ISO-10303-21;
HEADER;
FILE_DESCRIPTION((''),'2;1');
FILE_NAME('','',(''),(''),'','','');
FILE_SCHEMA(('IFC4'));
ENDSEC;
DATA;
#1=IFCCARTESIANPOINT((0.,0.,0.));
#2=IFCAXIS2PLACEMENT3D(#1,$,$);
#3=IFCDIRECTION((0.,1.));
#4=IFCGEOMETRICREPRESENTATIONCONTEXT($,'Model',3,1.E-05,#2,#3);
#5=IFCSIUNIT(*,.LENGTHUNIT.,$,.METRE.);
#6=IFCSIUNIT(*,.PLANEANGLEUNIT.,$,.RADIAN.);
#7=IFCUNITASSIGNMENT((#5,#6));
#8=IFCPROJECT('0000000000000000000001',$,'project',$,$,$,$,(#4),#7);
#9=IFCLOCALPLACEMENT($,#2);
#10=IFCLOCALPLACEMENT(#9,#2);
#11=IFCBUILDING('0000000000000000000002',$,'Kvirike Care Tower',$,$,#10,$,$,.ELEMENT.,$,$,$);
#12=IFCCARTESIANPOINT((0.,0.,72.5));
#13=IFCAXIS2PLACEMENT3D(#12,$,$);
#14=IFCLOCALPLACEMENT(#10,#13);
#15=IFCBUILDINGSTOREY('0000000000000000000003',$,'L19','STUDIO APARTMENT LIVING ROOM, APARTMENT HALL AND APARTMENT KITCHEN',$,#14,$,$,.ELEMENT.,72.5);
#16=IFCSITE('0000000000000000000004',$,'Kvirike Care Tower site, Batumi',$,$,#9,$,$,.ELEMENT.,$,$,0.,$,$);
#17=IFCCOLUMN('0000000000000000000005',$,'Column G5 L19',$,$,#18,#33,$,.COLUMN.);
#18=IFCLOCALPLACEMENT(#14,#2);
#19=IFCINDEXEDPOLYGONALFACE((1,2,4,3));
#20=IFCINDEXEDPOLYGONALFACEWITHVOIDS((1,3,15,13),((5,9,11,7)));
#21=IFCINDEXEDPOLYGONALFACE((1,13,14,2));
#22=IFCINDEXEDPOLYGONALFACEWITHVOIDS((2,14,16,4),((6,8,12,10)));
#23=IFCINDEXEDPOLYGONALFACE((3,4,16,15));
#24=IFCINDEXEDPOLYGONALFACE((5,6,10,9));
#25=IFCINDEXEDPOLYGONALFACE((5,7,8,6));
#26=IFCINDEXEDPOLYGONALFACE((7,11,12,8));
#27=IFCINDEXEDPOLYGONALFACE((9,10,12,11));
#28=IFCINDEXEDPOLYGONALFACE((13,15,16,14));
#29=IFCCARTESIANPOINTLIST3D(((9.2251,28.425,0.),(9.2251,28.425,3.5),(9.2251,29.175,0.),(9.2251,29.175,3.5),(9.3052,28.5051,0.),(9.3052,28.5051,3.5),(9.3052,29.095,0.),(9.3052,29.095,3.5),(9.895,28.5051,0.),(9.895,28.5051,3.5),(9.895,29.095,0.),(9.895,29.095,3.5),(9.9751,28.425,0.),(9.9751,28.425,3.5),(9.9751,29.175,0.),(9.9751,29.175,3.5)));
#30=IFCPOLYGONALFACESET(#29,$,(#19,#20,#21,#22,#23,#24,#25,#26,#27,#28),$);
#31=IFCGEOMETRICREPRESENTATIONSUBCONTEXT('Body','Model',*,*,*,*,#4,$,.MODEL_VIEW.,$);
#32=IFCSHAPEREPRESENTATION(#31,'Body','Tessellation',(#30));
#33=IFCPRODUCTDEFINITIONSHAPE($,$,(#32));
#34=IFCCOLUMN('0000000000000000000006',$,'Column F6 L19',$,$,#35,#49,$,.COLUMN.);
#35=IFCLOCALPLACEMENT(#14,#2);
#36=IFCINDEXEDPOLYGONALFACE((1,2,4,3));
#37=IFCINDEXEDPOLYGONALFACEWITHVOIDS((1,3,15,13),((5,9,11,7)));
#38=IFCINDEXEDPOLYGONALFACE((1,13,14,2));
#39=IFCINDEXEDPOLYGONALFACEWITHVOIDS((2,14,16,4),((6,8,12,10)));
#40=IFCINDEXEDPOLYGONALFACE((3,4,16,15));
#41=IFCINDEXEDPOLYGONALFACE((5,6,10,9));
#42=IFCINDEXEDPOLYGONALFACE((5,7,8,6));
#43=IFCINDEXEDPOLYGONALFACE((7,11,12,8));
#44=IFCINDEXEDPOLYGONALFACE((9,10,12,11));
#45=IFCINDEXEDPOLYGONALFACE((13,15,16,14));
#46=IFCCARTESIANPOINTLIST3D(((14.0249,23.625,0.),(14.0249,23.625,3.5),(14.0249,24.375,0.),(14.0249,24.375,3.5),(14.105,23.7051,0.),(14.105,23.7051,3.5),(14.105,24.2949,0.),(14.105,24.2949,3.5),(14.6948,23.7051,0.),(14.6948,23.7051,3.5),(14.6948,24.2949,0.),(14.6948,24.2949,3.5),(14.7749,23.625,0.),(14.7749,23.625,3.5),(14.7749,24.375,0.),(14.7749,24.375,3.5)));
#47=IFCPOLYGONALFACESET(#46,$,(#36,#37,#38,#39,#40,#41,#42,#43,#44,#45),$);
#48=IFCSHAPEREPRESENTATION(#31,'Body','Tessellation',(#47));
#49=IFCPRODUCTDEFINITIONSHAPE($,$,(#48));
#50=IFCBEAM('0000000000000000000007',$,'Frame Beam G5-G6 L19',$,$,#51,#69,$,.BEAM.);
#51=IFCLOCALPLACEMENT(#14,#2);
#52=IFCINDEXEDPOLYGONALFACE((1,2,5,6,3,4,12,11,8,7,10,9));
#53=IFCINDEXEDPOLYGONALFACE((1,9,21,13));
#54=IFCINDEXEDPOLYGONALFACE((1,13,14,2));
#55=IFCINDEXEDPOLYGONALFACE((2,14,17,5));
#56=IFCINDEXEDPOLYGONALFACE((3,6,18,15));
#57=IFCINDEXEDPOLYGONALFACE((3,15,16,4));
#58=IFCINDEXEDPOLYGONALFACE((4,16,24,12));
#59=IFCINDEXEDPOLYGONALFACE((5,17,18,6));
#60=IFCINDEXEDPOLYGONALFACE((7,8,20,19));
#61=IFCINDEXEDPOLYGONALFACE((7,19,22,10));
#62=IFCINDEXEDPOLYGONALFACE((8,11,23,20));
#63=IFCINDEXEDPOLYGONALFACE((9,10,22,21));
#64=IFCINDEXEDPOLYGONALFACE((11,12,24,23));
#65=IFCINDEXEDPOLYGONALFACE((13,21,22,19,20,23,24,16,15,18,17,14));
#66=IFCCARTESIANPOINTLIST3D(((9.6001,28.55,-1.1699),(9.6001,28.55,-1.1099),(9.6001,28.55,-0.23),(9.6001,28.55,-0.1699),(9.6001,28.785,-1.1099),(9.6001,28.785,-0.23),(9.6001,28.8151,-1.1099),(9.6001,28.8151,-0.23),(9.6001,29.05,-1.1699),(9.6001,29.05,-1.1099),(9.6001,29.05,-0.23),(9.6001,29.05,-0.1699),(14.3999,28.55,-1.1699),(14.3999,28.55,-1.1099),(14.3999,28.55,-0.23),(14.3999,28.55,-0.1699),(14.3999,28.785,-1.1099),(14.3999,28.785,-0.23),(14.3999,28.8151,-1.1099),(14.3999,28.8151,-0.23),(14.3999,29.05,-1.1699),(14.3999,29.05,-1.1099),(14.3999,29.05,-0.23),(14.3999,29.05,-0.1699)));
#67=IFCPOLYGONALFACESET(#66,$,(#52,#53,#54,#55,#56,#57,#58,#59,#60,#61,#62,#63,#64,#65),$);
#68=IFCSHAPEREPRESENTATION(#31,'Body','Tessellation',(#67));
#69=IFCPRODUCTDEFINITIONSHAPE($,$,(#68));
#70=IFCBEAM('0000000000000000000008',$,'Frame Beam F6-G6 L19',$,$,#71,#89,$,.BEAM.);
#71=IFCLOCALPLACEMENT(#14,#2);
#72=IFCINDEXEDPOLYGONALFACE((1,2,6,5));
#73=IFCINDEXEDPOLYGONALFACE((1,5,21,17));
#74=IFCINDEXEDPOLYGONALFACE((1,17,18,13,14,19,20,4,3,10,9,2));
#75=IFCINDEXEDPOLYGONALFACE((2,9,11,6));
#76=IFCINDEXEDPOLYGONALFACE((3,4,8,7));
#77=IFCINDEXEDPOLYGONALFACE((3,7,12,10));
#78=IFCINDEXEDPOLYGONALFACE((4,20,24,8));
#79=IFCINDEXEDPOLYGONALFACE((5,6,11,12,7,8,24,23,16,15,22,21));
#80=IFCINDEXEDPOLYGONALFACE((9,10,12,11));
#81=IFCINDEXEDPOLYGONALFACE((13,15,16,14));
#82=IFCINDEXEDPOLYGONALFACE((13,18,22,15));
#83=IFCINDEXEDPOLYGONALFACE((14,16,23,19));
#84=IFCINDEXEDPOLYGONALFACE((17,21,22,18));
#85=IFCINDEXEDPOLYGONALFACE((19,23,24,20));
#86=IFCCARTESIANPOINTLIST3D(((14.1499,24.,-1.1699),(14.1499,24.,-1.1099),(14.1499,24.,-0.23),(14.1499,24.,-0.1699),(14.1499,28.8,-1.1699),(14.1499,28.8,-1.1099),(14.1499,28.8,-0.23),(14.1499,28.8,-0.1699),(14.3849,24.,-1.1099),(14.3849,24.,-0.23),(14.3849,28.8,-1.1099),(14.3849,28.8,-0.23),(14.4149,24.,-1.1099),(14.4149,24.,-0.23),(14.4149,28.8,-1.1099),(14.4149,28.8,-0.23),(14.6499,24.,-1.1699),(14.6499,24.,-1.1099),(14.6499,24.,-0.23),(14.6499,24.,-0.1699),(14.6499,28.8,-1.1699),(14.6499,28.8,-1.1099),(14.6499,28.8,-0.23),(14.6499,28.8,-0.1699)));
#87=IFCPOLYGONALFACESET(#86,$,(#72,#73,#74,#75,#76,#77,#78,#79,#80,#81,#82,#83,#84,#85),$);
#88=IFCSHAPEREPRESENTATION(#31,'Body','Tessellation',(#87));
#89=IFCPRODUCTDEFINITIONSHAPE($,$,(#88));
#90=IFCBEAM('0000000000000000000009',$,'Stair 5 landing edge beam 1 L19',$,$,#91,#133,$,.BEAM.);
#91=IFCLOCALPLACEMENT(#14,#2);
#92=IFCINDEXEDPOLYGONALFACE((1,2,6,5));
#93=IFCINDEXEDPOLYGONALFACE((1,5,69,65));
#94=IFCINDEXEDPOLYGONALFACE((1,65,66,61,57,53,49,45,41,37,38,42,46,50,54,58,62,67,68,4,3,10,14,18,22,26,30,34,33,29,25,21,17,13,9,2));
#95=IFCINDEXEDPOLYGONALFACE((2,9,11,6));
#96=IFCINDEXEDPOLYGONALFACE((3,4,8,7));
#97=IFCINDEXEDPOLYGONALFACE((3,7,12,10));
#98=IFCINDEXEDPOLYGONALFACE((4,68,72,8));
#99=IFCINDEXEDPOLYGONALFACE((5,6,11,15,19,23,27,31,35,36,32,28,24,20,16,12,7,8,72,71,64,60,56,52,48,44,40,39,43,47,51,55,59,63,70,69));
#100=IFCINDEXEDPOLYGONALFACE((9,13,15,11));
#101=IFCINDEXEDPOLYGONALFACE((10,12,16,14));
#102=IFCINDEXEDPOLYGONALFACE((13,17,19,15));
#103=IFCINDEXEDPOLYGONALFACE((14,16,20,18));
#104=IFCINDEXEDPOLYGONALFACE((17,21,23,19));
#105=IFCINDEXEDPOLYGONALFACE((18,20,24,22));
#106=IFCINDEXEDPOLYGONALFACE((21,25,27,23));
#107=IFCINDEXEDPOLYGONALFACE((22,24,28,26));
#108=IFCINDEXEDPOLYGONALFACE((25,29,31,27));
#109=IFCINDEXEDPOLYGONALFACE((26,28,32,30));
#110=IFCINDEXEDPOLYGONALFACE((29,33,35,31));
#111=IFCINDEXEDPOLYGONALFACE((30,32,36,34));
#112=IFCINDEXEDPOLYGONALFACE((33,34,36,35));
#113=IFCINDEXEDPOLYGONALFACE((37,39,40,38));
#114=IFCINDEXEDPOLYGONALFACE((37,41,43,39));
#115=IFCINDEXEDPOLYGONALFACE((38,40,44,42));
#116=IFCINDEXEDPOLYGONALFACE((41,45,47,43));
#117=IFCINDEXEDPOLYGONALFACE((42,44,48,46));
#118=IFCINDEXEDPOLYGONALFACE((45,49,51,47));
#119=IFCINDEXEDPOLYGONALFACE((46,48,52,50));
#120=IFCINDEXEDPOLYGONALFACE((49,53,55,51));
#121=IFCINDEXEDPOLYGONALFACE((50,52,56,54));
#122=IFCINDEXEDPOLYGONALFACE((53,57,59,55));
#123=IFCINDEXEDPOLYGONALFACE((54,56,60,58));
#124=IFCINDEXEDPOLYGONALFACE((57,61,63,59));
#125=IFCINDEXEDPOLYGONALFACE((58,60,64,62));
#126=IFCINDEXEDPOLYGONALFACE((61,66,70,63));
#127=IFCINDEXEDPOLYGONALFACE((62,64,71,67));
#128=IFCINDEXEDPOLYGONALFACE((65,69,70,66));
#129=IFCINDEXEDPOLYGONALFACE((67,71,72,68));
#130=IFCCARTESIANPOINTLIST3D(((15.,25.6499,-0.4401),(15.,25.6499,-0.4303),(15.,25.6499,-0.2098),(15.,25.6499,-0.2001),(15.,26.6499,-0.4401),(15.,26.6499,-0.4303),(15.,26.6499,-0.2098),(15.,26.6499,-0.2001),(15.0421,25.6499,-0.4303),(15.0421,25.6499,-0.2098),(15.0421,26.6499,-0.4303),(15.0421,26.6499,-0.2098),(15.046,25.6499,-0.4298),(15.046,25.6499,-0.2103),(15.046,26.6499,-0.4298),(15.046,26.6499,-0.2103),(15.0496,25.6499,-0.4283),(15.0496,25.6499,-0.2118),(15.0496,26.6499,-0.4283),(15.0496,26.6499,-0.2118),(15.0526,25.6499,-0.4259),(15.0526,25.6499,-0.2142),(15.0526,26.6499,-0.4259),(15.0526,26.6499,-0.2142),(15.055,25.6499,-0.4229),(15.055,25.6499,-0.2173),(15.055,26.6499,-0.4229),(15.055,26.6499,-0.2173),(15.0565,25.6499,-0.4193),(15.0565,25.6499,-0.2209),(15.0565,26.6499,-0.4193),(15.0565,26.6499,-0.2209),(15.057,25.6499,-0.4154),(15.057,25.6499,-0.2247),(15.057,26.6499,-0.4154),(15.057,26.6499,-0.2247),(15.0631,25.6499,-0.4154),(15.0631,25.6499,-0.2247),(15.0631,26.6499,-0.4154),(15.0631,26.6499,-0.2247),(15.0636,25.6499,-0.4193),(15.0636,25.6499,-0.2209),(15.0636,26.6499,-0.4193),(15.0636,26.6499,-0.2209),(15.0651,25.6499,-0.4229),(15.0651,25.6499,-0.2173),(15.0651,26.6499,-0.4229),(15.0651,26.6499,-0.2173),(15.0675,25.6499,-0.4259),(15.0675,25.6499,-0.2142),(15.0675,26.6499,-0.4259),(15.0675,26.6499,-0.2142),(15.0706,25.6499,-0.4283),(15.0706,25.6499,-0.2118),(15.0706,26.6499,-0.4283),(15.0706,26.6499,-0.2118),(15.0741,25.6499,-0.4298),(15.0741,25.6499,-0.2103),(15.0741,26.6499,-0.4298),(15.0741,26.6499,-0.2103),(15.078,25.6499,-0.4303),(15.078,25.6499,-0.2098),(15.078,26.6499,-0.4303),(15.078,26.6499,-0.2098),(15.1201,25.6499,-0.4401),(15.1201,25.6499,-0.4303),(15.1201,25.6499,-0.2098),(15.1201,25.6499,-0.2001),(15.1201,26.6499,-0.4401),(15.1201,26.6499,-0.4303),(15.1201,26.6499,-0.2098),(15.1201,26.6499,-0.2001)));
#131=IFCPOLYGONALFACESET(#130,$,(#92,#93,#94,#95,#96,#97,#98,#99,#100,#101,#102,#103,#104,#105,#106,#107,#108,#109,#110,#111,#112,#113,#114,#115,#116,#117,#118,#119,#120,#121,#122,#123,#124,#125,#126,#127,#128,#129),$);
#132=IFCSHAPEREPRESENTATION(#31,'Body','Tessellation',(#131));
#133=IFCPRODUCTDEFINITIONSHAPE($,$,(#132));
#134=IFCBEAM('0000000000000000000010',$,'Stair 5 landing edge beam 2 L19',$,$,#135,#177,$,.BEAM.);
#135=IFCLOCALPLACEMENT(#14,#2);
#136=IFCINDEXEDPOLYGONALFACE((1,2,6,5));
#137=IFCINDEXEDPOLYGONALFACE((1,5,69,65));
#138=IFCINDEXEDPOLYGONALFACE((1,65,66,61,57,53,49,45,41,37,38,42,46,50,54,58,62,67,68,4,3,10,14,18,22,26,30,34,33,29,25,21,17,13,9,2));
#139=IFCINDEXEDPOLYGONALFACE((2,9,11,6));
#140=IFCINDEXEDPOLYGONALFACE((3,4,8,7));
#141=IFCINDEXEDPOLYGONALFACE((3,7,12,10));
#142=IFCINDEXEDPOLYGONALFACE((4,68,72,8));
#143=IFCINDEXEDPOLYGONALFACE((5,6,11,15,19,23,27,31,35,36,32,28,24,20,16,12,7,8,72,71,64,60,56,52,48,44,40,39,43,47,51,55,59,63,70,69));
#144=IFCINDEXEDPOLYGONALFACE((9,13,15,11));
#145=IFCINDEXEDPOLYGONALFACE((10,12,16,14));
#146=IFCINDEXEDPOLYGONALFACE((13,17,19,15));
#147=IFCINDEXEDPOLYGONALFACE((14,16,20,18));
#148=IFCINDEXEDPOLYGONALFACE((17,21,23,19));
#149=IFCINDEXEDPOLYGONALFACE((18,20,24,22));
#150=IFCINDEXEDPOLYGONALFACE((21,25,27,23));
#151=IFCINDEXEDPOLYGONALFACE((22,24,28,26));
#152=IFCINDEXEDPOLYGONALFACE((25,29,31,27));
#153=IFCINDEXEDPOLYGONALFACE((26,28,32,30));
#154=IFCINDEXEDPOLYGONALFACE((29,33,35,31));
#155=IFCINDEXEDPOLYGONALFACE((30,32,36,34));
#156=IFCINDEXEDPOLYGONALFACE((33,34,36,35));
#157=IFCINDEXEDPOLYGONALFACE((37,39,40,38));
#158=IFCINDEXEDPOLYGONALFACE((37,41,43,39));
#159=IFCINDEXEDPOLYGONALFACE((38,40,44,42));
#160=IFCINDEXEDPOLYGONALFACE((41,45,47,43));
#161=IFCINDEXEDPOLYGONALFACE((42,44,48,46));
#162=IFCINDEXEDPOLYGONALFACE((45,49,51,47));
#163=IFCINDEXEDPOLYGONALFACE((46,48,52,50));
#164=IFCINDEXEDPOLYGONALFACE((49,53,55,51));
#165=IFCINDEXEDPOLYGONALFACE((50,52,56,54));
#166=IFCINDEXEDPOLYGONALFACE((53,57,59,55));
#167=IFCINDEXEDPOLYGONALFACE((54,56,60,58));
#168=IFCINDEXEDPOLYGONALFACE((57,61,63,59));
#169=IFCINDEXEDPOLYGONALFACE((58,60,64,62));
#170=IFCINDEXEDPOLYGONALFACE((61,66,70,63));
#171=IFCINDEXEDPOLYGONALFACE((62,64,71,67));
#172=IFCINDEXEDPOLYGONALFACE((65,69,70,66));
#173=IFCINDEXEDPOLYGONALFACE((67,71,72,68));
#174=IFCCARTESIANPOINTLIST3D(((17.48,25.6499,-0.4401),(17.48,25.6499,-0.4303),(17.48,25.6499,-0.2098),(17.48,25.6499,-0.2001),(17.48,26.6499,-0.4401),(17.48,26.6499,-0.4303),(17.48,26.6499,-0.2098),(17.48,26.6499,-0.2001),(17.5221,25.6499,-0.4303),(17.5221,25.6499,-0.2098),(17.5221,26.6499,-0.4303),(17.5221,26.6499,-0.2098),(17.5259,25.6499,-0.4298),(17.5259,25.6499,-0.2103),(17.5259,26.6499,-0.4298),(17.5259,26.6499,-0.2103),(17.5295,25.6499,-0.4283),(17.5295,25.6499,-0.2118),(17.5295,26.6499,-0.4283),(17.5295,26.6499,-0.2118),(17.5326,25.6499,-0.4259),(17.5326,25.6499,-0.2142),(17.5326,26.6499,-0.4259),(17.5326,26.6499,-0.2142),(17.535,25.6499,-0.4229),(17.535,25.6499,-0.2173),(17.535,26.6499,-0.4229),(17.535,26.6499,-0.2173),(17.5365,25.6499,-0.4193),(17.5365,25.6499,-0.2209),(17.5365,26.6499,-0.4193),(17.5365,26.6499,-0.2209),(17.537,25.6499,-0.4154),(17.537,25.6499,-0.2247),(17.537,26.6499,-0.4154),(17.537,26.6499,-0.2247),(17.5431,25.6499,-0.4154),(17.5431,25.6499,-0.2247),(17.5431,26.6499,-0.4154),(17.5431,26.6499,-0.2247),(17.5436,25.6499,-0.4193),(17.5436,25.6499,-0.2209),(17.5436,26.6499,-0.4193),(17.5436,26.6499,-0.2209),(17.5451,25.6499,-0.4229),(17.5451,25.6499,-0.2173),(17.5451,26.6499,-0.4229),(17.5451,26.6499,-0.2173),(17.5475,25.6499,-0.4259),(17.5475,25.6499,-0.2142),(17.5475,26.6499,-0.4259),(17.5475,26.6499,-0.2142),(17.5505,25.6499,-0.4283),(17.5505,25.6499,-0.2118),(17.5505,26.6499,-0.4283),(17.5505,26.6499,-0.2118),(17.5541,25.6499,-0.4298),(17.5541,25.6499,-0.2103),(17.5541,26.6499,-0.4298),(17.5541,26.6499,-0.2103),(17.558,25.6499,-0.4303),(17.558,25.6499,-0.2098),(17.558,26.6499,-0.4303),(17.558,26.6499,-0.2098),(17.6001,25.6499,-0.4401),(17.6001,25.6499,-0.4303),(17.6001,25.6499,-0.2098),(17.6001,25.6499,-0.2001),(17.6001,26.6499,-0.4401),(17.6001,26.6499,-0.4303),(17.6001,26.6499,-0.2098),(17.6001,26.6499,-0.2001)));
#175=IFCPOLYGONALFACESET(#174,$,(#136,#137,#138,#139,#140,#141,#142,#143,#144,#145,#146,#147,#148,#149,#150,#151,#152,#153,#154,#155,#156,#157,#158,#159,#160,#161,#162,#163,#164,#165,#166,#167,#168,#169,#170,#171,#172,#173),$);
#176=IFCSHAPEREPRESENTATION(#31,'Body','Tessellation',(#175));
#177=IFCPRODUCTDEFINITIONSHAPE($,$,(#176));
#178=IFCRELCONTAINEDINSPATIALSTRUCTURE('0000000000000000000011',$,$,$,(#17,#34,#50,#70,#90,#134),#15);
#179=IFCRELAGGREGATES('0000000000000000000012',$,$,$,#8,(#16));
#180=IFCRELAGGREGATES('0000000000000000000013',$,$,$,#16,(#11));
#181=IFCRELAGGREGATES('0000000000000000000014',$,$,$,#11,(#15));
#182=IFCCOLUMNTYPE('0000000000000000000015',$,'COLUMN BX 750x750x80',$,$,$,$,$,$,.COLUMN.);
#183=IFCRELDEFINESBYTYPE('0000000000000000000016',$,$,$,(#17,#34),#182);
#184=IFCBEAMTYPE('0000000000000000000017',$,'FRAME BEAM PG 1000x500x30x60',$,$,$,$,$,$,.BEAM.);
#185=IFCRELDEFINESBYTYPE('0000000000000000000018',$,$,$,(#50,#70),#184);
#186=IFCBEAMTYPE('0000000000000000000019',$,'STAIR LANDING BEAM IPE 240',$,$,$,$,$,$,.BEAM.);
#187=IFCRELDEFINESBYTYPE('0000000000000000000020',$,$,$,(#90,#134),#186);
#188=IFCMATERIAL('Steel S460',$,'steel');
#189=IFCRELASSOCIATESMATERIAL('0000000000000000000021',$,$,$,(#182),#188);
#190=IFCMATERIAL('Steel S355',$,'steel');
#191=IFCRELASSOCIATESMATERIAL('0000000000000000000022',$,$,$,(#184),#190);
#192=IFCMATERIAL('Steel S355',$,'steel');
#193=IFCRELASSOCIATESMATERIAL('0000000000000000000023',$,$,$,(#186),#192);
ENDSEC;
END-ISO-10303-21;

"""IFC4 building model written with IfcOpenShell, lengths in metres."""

from ifc_helpers import new_model, si_unit, direction, frame, origin, origin_2d, place, context, subcontext, project, spatial, hollow_rectangle, i_section, extrude, material, material_profile, profile_set, type_object, element, save


model = new_model("IFC4")

# Units and contexts
model_context = context("Model", 3, precision=1e-05, world=origin(), true_north=direction((0.0, 1.0)))
body_context = subcontext(model_context, "Body", "Model", "MODEL_VIEW")
ifc_project = project(units=[si_unit("LENGTHUNIT", "METRE"), si_unit("PLANEANGLEUNIT", "RADIAN")], contexts=[model_context])

# Site, building, storey
site_placement = place(None, origin())
site = spatial("IfcSite", under=ifc_project, at=site_placement, Name="Kvirike Care Tower site, Batumi", CompositionType="ELEMENT", RefElevation=0.0)
building_placement = place(site_placement, origin())
building = spatial("IfcBuilding", under=site, at=building_placement, Name="Kvirike Care Tower", CompositionType="ELEMENT")
storey_placement = place(building_placement, frame((0.0, 0.0, 72.5)))
storey = spatial("IfcBuildingStorey", under=building, at=storey_placement, Name="L19", Description="STUDIO APARTMENT LIVING ROOM, APARTMENT HALL AND APARTMENT KITCHEN", CompositionType="ELEMENT", Elevation=72.5)

# Columns
ifc_material_1 = material(Name="Steel S460", Category="steel")
ifc_material_profile_1 = material_profile(ifc_material_1, hollow_rectangle(XDim=0.75, YDim=0.75, WallThickness=0.0801, at=origin_2d()), Name="BX 750x750x80")
ifc_profile_set_1 = profile_set([ifc_material_profile_1], Name="Steel S460")
column_type = type_object("IfcColumnType", Name="COLUMN BX 750x750x80", PredefinedType="COLUMN", material=ifc_profile_set_1)
for number, where, z_axis, x_axis, name in (
    (1, (9.6001, 28.8, 0.0), (0.0, 0.0, 1.0), (0.0, 1.0, 0.0), "Column G5 L19"),
    (2, (14.3999, 24.0, 0.0), (0.0, 0.0, 1.0), (1.0, 0.0, 0.0), "Column F6 L19"),
):
    element("IfcColumn", number, at=place(storey_placement, frame(where, z_axis=z_axis, x_axis=x_axis)), inside=storey, type_object=column_type, Name=name, PredefinedType="COLUMN", context=body_context, shape_type="SweptSolid", body=[
        extrude(hollow_rectangle(XDim=0.75, YDim=0.75, WallThickness=0.0801, at=origin_2d()), origin(), (0.0, 0.0, 1.0), 3.5),
    ])

# Beams
ifc_material_2 = material(Name="Steel S355", Category="steel")
ifc_material_profile_2 = material_profile(ifc_material_2, i_section(OverallWidth=0.5, OverallDepth=1.0, WebThickness=0.03, FlangeThickness=0.0601, at=origin_2d()), Name="PG 1000x500x30x60")
ifc_profile_set_2 = profile_set([ifc_material_profile_2], Name="Steel S355")
beam_type_1 = type_object("IfcBeamType", Name="FRAME BEAM PG 1000x500x30x60", PredefinedType="BEAM", material=ifc_profile_set_2)
beam_1_placement = place(storey_placement, frame((9.6001, 28.8, -0.6699), z_axis=(1.0, 0.0, 0.0), x_axis=(0.0, 1.0, 0.0)))
element("IfcBeam", 3, at=beam_1_placement, inside=storey, type_object=beam_type_1, Name="Frame Beam G5-G6 L19", PredefinedType="BEAM", context=body_context, shape_type="SweptSolid", body=[
    extrude(i_section(OverallWidth=0.5, OverallDepth=1.0, WebThickness=0.03, FlangeThickness=0.0601, at=origin_2d()), origin(), (0.0, 0.0, 1.0), 4.7998),
])
beam_2_placement = place(storey_placement, frame((14.3999, 24.0, -0.6699), z_axis=(0.0, 1.0, 0.0), x_axis=(-1.0, 0.0, 0.0)))
element("IfcBeam", 4, at=beam_2_placement, inside=storey, type_object=beam_type_1, Name="Frame Beam F6-G6 L19", PredefinedType="BEAM", context=body_context, shape_type="SweptSolid", body=[
    extrude(i_section(OverallWidth=0.5, OverallDepth=1.0, WebThickness=0.03, FlangeThickness=0.0601, at=origin_2d()), origin(), (0.0, 0.0, 1.0), 4.8),
])
ifc_material_3 = material(Name="Steel S355", Category="steel")
ifc_material_profile_3 = material_profile(ifc_material_3, i_section(OverallWidth=0.1201, OverallDepth=0.24, WebThickness=0.0061, FlangeThickness=0.0098, FilletRadius=0.0149, at=origin_2d()), Name="IPE 240")
ifc_profile_set_3 = profile_set([ifc_material_profile_3], Name="Steel S355")
beam_type_2 = type_object("IfcBeamType", Name="STAIR LANDING BEAM IPE 240", PredefinedType="BEAM", material=ifc_profile_set_3)
for number, where, z_axis, x_axis, name in (
    (5, (15.0601, 25.6499, -0.3201), (0.0, 1.0, 0.0), (-1.0, 0.0, 0.0), "Stair 5 landing edge beam 1 L19"),
    (6, (17.54, 25.6499, -0.3201), (0.0, 1.0, 0.0), (-1.0, 0.0, 0.0), "Stair 5 landing edge beam 2 L19"),
):
    element("IfcBeam", number, at=place(storey_placement, frame(where, z_axis=z_axis, x_axis=x_axis)), inside=storey, type_object=beam_type_2, Name=name, PredefinedType="BEAM", context=body_context, shape_type="SweptSolid", body=[
        extrude(i_section(OverallWidth=0.1201, OverallDepth=0.24, WebThickness=0.0061, FlangeThickness=0.0098, FilletRadius=0.0149, at=origin_2d()), origin(), (0.0, 0.0, 1.0), 1.0),
    ])

save(model, "model.ifc")
